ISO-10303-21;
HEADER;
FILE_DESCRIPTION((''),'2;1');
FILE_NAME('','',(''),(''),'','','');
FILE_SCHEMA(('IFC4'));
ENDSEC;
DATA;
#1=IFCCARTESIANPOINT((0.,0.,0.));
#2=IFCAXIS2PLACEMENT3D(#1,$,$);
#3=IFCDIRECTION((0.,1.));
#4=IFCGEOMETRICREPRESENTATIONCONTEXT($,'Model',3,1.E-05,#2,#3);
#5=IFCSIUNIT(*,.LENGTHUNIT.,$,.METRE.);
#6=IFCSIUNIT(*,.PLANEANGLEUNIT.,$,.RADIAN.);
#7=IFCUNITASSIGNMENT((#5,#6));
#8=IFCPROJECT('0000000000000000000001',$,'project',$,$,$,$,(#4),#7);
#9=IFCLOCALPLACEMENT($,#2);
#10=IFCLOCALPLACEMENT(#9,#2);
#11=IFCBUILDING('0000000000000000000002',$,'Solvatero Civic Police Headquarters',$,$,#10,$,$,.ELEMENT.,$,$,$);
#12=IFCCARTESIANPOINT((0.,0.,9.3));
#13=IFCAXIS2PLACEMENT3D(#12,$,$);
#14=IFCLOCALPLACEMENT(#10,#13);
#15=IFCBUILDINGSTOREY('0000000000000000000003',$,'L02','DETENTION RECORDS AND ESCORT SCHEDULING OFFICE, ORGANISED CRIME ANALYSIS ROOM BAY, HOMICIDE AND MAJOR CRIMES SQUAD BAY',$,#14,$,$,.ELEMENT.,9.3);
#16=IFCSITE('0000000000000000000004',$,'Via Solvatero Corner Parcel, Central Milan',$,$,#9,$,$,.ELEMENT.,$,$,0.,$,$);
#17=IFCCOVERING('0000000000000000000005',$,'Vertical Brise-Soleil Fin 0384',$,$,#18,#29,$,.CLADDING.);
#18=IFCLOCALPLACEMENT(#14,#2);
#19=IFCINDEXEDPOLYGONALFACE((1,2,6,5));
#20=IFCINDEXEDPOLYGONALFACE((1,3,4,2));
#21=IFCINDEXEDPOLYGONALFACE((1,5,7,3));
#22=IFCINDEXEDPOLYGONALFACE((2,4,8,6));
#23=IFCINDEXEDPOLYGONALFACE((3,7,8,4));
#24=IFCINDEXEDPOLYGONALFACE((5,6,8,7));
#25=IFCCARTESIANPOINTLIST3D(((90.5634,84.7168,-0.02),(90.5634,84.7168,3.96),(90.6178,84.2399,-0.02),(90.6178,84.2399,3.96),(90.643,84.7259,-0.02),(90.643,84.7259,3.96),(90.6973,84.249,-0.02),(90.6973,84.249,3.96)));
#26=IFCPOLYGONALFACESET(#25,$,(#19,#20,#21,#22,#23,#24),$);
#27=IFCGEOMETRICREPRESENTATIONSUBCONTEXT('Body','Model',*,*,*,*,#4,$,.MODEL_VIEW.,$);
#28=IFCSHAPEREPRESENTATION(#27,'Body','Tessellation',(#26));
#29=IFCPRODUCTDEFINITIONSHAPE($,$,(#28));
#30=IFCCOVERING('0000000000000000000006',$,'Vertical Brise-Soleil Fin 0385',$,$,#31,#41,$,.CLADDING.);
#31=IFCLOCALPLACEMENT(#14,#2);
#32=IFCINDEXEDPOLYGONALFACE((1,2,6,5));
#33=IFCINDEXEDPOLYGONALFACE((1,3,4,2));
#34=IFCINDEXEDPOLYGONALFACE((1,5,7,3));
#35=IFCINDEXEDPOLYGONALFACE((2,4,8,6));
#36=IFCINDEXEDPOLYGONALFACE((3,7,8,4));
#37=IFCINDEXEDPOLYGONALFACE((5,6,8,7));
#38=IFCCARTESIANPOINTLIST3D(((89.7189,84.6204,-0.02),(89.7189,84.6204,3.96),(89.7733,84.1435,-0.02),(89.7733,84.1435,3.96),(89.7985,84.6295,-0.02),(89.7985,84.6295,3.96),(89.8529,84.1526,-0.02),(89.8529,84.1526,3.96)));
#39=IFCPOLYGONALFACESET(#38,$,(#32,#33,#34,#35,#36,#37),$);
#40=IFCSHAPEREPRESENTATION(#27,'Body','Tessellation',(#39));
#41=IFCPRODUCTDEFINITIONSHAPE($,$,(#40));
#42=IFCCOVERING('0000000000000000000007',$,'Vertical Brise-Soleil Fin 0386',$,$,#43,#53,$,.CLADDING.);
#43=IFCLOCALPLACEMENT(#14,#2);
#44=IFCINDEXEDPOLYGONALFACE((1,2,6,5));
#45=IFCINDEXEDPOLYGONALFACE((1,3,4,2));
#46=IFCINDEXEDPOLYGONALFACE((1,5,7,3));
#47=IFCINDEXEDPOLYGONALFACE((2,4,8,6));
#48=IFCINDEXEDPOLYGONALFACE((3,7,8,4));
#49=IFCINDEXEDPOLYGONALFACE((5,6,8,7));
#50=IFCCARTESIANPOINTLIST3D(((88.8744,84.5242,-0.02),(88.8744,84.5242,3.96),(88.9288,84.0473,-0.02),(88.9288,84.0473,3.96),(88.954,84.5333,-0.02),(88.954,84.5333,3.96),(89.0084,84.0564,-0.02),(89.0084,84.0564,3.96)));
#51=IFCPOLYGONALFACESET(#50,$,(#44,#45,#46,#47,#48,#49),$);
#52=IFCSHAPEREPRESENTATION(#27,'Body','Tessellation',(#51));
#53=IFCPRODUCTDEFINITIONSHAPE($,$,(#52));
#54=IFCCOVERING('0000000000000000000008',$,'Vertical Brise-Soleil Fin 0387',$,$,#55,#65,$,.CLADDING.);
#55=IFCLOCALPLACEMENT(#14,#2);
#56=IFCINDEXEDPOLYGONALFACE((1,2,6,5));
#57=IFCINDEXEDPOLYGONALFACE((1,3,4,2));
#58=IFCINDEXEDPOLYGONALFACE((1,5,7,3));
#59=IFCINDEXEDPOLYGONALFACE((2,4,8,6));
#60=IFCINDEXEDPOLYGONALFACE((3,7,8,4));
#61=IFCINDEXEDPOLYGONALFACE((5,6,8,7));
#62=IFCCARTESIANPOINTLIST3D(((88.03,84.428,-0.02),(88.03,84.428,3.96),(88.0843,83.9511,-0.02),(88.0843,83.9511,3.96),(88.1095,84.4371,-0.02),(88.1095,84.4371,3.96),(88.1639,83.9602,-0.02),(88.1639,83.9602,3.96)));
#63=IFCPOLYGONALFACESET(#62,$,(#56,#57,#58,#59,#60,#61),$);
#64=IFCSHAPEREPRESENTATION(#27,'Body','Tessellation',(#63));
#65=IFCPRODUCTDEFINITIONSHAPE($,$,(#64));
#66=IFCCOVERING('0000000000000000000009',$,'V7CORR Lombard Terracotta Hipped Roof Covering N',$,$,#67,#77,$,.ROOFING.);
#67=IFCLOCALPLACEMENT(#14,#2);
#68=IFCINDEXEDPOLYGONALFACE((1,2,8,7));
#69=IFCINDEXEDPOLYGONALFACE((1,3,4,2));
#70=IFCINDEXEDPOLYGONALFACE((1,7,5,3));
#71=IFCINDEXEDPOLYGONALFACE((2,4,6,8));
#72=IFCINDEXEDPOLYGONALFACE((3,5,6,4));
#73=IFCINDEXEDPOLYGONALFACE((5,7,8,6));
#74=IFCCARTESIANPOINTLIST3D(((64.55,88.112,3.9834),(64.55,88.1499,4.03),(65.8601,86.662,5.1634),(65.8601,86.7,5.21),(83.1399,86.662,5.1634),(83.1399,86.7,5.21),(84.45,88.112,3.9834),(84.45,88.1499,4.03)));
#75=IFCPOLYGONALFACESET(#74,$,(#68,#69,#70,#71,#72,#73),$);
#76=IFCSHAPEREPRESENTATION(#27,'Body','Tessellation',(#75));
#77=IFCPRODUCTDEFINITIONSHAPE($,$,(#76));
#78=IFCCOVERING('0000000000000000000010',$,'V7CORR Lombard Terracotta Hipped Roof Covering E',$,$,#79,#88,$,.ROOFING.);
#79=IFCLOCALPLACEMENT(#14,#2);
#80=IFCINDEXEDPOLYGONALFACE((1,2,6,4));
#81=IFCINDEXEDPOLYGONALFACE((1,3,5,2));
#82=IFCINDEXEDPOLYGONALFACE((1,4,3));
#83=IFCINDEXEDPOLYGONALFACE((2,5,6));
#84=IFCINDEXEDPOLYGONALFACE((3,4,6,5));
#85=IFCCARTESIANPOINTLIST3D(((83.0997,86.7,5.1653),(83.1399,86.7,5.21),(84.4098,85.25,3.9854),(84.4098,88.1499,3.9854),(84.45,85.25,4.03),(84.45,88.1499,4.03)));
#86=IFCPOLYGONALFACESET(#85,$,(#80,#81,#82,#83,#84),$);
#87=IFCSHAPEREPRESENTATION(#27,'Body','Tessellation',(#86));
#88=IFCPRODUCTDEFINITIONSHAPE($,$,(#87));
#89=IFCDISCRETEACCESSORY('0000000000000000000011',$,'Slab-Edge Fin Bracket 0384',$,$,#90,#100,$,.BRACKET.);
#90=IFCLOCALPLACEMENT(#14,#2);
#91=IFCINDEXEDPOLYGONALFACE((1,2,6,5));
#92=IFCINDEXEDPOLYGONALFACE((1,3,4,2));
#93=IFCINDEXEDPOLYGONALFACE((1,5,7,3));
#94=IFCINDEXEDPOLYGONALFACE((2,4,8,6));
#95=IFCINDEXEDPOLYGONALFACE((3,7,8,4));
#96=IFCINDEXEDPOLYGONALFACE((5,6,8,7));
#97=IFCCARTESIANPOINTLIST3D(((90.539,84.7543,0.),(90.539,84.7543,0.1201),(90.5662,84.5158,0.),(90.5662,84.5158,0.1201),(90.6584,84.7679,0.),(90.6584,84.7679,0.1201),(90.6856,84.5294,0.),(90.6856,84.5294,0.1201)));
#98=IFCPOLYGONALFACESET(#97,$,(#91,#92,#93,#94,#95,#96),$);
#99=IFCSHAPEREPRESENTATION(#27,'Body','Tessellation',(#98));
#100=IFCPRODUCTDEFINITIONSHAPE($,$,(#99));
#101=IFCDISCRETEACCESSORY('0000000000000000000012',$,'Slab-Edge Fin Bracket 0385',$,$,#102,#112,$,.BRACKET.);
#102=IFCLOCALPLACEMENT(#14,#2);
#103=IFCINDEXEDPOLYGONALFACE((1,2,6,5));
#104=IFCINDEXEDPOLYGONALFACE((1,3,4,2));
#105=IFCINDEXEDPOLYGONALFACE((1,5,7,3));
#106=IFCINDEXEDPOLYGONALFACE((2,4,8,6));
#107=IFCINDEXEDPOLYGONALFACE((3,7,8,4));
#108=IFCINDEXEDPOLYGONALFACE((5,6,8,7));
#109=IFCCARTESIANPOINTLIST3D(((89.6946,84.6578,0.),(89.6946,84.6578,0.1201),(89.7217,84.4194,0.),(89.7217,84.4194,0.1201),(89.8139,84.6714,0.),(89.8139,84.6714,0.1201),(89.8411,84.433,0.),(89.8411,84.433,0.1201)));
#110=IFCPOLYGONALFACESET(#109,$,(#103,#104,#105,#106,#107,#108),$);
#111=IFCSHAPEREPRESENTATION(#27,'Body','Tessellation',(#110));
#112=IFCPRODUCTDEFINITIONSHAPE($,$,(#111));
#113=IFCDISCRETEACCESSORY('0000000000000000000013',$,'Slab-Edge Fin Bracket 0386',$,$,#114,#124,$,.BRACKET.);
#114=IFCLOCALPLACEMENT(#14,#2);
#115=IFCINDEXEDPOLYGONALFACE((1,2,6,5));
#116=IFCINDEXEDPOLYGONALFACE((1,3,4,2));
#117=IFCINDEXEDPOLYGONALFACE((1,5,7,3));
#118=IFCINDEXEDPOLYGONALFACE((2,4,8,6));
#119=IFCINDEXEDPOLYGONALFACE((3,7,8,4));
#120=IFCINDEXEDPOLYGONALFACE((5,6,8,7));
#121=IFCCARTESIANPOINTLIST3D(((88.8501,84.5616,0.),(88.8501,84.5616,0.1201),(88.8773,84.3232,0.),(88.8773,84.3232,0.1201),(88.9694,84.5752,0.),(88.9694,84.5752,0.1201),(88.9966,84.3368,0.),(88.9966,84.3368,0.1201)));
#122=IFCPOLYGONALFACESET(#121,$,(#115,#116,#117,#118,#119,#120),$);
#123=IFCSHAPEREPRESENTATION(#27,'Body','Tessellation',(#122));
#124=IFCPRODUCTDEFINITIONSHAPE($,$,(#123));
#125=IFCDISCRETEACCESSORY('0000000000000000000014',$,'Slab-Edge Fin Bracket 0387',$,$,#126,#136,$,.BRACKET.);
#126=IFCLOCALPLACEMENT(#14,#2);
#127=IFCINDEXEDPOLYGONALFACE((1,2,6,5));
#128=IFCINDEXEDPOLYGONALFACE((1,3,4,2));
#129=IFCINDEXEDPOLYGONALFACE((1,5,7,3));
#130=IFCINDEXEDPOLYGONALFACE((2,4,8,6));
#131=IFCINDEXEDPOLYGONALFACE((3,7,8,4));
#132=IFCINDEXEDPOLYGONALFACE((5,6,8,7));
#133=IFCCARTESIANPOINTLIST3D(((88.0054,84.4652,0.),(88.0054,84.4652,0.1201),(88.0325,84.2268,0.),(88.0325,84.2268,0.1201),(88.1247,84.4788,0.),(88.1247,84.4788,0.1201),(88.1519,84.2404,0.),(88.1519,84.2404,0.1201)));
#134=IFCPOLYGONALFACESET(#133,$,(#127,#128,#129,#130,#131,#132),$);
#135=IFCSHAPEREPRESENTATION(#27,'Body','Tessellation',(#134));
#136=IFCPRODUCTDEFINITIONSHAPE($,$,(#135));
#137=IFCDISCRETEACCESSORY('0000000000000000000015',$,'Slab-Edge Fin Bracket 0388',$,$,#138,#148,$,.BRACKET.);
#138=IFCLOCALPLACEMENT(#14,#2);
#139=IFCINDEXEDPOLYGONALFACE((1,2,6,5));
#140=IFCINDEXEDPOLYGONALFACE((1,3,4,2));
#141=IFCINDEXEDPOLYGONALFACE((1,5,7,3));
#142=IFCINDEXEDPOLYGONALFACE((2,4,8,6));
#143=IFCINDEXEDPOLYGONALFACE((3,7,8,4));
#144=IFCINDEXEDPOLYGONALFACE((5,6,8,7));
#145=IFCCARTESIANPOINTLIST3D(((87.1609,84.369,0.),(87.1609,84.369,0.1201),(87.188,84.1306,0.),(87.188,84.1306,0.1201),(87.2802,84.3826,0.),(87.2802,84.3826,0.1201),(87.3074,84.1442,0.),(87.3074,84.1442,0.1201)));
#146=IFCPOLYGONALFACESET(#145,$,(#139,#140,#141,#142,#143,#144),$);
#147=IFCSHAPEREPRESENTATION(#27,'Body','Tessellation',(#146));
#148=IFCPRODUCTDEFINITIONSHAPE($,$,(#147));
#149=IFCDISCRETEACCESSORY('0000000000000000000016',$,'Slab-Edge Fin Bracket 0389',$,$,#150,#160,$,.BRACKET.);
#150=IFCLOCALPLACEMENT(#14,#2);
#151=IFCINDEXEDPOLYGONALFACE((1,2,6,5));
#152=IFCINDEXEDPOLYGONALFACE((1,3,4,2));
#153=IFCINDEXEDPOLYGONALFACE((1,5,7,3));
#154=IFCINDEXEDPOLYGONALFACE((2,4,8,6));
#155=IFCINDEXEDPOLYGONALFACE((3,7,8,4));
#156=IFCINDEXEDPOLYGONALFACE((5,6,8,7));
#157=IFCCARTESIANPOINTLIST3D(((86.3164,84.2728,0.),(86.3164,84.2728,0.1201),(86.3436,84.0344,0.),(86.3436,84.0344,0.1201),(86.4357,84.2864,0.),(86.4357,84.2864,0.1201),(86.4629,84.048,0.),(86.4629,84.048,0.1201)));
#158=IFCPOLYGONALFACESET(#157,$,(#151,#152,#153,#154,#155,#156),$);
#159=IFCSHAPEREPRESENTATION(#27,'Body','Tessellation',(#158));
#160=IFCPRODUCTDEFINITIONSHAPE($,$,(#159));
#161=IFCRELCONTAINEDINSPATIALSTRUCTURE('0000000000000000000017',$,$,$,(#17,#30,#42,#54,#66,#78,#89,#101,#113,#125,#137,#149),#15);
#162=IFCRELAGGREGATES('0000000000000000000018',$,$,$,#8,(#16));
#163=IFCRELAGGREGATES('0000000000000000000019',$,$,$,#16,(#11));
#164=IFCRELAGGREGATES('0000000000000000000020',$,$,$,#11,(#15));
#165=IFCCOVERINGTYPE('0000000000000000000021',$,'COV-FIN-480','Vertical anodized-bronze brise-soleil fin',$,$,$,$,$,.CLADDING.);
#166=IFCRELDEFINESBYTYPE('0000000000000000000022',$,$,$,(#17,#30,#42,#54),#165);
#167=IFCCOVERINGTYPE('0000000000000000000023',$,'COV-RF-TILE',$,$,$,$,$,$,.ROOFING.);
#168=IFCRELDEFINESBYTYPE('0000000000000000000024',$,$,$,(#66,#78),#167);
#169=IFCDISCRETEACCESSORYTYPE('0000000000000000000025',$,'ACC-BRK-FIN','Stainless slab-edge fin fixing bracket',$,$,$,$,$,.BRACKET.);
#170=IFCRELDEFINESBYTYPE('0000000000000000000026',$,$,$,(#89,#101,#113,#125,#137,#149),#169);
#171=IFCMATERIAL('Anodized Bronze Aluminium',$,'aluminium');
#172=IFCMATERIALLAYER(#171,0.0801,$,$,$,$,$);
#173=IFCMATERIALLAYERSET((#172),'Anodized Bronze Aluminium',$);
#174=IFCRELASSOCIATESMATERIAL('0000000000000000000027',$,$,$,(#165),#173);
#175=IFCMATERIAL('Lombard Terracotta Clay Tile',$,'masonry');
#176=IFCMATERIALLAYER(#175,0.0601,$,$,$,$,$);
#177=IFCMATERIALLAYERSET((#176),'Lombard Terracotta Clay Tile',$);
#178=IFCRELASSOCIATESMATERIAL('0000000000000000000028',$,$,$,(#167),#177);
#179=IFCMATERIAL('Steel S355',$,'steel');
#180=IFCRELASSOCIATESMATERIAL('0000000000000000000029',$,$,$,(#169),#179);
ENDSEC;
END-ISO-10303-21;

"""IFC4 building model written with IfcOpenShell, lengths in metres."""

from ifc_helpers import new_model, si_unit, direction, frame, origin, origin_2d, place, context, subcontext, project, spatial, polyline, rectangle, outline, extrude, material, layer, layer_set, type_object, element, save


model = new_model("IFC4")

# Units and contexts
model_context = context("Model", 3, precision=1e-05, world=origin(), true_north=direction((0.0, 1.0)))
body_context = subcontext(model_context, "Body", "Model", "MODEL_VIEW")
ifc_project = project(units=[si_unit("LENGTHUNIT", "METRE"), si_unit("PLANEANGLEUNIT", "RADIAN")], contexts=[model_context])

# Site, building, storey
site_placement = place(None, origin())
site = spatial("IfcSite", under=ifc_project, at=site_placement, Name="Via Solvatero Corner Parcel, Central Milan", CompositionType="ELEMENT", RefElevation=0.0)
building_placement = place(site_placement, origin())
building = spatial("IfcBuilding", under=site, at=building_placement, Name="Solvatero Civic Police Headquarters", CompositionType="ELEMENT")
storey_placement = place(building_placement, frame((0.0, 0.0, 9.3)))
storey = spatial("IfcBuildingStorey", under=building, at=storey_placement, Name="L02", Description="DETENTION RECORDS AND ESCORT SCHEDULING OFFICE, ORGANISED CRIME ANALYSIS ROOM BAY, HOMICIDE AND MAJOR CRIMES SQUAD BAY", CompositionType="ELEMENT", Elevation=9.3)

# Shared definitions
ifc_material_1 = material(Name="Anodized Bronze Aluminium", Category="aluminium")

# Coverings
ifc_layer_1 = layer(ifc_material_1, 0.0801)
ifc_layer_set_1 = layer_set([ifc_layer_1], Name="Anodized Bronze Aluminium")
covering_type_1 = type_object("IfcCoveringType", Name="COV-FIN-480", Description="Vertical anodized-bronze brise-soleil fin", PredefinedType="CLADDING", material=ifc_layer_set_1)
for number, where, z_axis, x_axis, name in (
    (1, (90.6304, 84.4829, -0.02), (0.0, 0.0, 1.0), (-0.993566, -0.113255, 0.0), "Vertical Brise-Soleil Fin 0384"),
    (2, (89.7859, 84.3865, -0.02), (0.0, 0.0, 1.0), (-0.993566, -0.113255, 0.0), "Vertical Brise-Soleil Fin 0385"),
    (3, (88.9414, 84.2903, -0.02), (0.0, 0.0, 1.0), (-0.993566, -0.113255, 0.0), "Vertical Brise-Soleil Fin 0386"),
    (4, (88.0969, 84.1941, -0.02), (0.0, 0.0, 1.0), (-0.993566, -0.113255, 0.0), "Vertical Brise-Soleil Fin 0387"),
):
    element("IfcCovering", number, at=place(storey_placement, frame(where, z_axis=z_axis, x_axis=x_axis)), inside=storey, type_object=covering_type_1, Name=name, PredefinedType="CLADDING", context=body_context, shape_type="SweptSolid", body=[
        extrude(rectangle(XDim=0.0801, YDim=0.48, at=origin_2d()), origin(), (0.0, 0.0, 1.0), 3.98),
    ])
ifc_material_2 = material(Name="Lombard Terracotta Clay Tile", Category="masonry")
ifc_layer_2 = layer(ifc_material_2, 0.0601)
ifc_layer_set_2 = layer_set([ifc_layer_2], Name="Lombard Terracotta Clay Tile")
covering_type_2 = type_object("IfcCoveringType", Name="COV-RF-TILE", PredefinedType="ROOFING", material=ifc_layer_set_2)
covering_1_placement = place(storey_placement, frame((84.45, 88.1499, 4.03), z_axis=(0.0, 0.631187, 0.77563), x_axis=(-1.0, 0.0, 0.0)))
element("IfcCovering", 5, at=covering_1_placement, inside=storey, type_object=covering_type_2, Name="V7CORR Lombard Terracotta Hipped Roof Covering N", PredefinedType="ROOFING", context=body_context, shape_type="SweptSolid", body=[
    extrude(outline(polyline([(0.0, 0.0), (19.8999, 0.0), (18.5898, 1.8694), (1.3101, 1.8694), (0.0, 0.0)])), origin(), (0.0, 0.0, -1.0), 0.0601),
])
covering_2_placement = place(storey_placement, frame((84.45, 85.25, 4.03), z_axis=(0.66924, 0.0, 0.743046), x_axis=(0.0, 1.0, 0.0)))
element("IfcCovering", 6, at=covering_2_placement, inside=storey, type_object=covering_type_2, Name="V7CORR Lombard Terracotta Hipped Roof Covering E", PredefinedType="ROOFING", context=body_context, shape_type="SweptSolid", body=[
    extrude(outline(polyline([(0.0, 0.0), (2.8999, 0.0), (1.45, 1.7631), (0.0, 0.0)])), origin(), (0.0, 0.0, -1.0), 0.0601),
])

# Discrete accessories
ifc_material_3 = material(Name="Steel S355", Category="steel")
discrete_accessory_type = type_object("IfcDiscreteAccessoryType", Name="ACC-BRK-FIN", Description="Stainless slab-edge fin fixing bracket", PredefinedType="BRACKET", material=ifc_material_3)
for number, where, z_axis, x_axis, name in (
    (7, (90.6123, 84.6418, 0.0), (0.0, 0.0, 1.0), (-0.993566, -0.113255, 0.0), "Slab-Edge Fin Bracket 0384"),
    (8, (89.7678, 84.5454, 0.0), (0.0, 0.0, 1.0), (-0.993566, -0.113255, 0.0), "Slab-Edge Fin Bracket 0385"),
    (9, (88.9233, 84.4492, 0.0), (0.0, 0.0, 1.0), (-0.993566, -0.113255, 0.0), "Slab-Edge Fin Bracket 0386"),
    (10, (88.0786, 84.3528, 0.0), (0.0, 0.0, 1.0), (-0.993566, -0.113255, 0.0), "Slab-Edge Fin Bracket 0387"),
    (11, (87.2341, 84.2566, 0.0), (0.0, 0.0, 1.0), (-0.993566, -0.113255, 0.0), "Slab-Edge Fin Bracket 0388"),
    (12, (86.3896, 84.1604, 0.0), (0.0, 0.0, 1.0), (-0.993566, -0.113255, 0.0), "Slab-Edge Fin Bracket 0389"),
):
    element("IfcDiscreteAccessory", number, at=place(storey_placement, frame(where, z_axis=z_axis, x_axis=x_axis)), inside=storey, type_object=discrete_accessory_type, Name=name, PredefinedType="BRACKET", context=body_context, shape_type="SweptSolid", body=[
        extrude(rectangle(XDim=0.1201, YDim=0.24, at=origin_2d()), origin(), (0.0, 0.0, 1.0), 0.1201),
    ])

save(model, "model.ifc")
